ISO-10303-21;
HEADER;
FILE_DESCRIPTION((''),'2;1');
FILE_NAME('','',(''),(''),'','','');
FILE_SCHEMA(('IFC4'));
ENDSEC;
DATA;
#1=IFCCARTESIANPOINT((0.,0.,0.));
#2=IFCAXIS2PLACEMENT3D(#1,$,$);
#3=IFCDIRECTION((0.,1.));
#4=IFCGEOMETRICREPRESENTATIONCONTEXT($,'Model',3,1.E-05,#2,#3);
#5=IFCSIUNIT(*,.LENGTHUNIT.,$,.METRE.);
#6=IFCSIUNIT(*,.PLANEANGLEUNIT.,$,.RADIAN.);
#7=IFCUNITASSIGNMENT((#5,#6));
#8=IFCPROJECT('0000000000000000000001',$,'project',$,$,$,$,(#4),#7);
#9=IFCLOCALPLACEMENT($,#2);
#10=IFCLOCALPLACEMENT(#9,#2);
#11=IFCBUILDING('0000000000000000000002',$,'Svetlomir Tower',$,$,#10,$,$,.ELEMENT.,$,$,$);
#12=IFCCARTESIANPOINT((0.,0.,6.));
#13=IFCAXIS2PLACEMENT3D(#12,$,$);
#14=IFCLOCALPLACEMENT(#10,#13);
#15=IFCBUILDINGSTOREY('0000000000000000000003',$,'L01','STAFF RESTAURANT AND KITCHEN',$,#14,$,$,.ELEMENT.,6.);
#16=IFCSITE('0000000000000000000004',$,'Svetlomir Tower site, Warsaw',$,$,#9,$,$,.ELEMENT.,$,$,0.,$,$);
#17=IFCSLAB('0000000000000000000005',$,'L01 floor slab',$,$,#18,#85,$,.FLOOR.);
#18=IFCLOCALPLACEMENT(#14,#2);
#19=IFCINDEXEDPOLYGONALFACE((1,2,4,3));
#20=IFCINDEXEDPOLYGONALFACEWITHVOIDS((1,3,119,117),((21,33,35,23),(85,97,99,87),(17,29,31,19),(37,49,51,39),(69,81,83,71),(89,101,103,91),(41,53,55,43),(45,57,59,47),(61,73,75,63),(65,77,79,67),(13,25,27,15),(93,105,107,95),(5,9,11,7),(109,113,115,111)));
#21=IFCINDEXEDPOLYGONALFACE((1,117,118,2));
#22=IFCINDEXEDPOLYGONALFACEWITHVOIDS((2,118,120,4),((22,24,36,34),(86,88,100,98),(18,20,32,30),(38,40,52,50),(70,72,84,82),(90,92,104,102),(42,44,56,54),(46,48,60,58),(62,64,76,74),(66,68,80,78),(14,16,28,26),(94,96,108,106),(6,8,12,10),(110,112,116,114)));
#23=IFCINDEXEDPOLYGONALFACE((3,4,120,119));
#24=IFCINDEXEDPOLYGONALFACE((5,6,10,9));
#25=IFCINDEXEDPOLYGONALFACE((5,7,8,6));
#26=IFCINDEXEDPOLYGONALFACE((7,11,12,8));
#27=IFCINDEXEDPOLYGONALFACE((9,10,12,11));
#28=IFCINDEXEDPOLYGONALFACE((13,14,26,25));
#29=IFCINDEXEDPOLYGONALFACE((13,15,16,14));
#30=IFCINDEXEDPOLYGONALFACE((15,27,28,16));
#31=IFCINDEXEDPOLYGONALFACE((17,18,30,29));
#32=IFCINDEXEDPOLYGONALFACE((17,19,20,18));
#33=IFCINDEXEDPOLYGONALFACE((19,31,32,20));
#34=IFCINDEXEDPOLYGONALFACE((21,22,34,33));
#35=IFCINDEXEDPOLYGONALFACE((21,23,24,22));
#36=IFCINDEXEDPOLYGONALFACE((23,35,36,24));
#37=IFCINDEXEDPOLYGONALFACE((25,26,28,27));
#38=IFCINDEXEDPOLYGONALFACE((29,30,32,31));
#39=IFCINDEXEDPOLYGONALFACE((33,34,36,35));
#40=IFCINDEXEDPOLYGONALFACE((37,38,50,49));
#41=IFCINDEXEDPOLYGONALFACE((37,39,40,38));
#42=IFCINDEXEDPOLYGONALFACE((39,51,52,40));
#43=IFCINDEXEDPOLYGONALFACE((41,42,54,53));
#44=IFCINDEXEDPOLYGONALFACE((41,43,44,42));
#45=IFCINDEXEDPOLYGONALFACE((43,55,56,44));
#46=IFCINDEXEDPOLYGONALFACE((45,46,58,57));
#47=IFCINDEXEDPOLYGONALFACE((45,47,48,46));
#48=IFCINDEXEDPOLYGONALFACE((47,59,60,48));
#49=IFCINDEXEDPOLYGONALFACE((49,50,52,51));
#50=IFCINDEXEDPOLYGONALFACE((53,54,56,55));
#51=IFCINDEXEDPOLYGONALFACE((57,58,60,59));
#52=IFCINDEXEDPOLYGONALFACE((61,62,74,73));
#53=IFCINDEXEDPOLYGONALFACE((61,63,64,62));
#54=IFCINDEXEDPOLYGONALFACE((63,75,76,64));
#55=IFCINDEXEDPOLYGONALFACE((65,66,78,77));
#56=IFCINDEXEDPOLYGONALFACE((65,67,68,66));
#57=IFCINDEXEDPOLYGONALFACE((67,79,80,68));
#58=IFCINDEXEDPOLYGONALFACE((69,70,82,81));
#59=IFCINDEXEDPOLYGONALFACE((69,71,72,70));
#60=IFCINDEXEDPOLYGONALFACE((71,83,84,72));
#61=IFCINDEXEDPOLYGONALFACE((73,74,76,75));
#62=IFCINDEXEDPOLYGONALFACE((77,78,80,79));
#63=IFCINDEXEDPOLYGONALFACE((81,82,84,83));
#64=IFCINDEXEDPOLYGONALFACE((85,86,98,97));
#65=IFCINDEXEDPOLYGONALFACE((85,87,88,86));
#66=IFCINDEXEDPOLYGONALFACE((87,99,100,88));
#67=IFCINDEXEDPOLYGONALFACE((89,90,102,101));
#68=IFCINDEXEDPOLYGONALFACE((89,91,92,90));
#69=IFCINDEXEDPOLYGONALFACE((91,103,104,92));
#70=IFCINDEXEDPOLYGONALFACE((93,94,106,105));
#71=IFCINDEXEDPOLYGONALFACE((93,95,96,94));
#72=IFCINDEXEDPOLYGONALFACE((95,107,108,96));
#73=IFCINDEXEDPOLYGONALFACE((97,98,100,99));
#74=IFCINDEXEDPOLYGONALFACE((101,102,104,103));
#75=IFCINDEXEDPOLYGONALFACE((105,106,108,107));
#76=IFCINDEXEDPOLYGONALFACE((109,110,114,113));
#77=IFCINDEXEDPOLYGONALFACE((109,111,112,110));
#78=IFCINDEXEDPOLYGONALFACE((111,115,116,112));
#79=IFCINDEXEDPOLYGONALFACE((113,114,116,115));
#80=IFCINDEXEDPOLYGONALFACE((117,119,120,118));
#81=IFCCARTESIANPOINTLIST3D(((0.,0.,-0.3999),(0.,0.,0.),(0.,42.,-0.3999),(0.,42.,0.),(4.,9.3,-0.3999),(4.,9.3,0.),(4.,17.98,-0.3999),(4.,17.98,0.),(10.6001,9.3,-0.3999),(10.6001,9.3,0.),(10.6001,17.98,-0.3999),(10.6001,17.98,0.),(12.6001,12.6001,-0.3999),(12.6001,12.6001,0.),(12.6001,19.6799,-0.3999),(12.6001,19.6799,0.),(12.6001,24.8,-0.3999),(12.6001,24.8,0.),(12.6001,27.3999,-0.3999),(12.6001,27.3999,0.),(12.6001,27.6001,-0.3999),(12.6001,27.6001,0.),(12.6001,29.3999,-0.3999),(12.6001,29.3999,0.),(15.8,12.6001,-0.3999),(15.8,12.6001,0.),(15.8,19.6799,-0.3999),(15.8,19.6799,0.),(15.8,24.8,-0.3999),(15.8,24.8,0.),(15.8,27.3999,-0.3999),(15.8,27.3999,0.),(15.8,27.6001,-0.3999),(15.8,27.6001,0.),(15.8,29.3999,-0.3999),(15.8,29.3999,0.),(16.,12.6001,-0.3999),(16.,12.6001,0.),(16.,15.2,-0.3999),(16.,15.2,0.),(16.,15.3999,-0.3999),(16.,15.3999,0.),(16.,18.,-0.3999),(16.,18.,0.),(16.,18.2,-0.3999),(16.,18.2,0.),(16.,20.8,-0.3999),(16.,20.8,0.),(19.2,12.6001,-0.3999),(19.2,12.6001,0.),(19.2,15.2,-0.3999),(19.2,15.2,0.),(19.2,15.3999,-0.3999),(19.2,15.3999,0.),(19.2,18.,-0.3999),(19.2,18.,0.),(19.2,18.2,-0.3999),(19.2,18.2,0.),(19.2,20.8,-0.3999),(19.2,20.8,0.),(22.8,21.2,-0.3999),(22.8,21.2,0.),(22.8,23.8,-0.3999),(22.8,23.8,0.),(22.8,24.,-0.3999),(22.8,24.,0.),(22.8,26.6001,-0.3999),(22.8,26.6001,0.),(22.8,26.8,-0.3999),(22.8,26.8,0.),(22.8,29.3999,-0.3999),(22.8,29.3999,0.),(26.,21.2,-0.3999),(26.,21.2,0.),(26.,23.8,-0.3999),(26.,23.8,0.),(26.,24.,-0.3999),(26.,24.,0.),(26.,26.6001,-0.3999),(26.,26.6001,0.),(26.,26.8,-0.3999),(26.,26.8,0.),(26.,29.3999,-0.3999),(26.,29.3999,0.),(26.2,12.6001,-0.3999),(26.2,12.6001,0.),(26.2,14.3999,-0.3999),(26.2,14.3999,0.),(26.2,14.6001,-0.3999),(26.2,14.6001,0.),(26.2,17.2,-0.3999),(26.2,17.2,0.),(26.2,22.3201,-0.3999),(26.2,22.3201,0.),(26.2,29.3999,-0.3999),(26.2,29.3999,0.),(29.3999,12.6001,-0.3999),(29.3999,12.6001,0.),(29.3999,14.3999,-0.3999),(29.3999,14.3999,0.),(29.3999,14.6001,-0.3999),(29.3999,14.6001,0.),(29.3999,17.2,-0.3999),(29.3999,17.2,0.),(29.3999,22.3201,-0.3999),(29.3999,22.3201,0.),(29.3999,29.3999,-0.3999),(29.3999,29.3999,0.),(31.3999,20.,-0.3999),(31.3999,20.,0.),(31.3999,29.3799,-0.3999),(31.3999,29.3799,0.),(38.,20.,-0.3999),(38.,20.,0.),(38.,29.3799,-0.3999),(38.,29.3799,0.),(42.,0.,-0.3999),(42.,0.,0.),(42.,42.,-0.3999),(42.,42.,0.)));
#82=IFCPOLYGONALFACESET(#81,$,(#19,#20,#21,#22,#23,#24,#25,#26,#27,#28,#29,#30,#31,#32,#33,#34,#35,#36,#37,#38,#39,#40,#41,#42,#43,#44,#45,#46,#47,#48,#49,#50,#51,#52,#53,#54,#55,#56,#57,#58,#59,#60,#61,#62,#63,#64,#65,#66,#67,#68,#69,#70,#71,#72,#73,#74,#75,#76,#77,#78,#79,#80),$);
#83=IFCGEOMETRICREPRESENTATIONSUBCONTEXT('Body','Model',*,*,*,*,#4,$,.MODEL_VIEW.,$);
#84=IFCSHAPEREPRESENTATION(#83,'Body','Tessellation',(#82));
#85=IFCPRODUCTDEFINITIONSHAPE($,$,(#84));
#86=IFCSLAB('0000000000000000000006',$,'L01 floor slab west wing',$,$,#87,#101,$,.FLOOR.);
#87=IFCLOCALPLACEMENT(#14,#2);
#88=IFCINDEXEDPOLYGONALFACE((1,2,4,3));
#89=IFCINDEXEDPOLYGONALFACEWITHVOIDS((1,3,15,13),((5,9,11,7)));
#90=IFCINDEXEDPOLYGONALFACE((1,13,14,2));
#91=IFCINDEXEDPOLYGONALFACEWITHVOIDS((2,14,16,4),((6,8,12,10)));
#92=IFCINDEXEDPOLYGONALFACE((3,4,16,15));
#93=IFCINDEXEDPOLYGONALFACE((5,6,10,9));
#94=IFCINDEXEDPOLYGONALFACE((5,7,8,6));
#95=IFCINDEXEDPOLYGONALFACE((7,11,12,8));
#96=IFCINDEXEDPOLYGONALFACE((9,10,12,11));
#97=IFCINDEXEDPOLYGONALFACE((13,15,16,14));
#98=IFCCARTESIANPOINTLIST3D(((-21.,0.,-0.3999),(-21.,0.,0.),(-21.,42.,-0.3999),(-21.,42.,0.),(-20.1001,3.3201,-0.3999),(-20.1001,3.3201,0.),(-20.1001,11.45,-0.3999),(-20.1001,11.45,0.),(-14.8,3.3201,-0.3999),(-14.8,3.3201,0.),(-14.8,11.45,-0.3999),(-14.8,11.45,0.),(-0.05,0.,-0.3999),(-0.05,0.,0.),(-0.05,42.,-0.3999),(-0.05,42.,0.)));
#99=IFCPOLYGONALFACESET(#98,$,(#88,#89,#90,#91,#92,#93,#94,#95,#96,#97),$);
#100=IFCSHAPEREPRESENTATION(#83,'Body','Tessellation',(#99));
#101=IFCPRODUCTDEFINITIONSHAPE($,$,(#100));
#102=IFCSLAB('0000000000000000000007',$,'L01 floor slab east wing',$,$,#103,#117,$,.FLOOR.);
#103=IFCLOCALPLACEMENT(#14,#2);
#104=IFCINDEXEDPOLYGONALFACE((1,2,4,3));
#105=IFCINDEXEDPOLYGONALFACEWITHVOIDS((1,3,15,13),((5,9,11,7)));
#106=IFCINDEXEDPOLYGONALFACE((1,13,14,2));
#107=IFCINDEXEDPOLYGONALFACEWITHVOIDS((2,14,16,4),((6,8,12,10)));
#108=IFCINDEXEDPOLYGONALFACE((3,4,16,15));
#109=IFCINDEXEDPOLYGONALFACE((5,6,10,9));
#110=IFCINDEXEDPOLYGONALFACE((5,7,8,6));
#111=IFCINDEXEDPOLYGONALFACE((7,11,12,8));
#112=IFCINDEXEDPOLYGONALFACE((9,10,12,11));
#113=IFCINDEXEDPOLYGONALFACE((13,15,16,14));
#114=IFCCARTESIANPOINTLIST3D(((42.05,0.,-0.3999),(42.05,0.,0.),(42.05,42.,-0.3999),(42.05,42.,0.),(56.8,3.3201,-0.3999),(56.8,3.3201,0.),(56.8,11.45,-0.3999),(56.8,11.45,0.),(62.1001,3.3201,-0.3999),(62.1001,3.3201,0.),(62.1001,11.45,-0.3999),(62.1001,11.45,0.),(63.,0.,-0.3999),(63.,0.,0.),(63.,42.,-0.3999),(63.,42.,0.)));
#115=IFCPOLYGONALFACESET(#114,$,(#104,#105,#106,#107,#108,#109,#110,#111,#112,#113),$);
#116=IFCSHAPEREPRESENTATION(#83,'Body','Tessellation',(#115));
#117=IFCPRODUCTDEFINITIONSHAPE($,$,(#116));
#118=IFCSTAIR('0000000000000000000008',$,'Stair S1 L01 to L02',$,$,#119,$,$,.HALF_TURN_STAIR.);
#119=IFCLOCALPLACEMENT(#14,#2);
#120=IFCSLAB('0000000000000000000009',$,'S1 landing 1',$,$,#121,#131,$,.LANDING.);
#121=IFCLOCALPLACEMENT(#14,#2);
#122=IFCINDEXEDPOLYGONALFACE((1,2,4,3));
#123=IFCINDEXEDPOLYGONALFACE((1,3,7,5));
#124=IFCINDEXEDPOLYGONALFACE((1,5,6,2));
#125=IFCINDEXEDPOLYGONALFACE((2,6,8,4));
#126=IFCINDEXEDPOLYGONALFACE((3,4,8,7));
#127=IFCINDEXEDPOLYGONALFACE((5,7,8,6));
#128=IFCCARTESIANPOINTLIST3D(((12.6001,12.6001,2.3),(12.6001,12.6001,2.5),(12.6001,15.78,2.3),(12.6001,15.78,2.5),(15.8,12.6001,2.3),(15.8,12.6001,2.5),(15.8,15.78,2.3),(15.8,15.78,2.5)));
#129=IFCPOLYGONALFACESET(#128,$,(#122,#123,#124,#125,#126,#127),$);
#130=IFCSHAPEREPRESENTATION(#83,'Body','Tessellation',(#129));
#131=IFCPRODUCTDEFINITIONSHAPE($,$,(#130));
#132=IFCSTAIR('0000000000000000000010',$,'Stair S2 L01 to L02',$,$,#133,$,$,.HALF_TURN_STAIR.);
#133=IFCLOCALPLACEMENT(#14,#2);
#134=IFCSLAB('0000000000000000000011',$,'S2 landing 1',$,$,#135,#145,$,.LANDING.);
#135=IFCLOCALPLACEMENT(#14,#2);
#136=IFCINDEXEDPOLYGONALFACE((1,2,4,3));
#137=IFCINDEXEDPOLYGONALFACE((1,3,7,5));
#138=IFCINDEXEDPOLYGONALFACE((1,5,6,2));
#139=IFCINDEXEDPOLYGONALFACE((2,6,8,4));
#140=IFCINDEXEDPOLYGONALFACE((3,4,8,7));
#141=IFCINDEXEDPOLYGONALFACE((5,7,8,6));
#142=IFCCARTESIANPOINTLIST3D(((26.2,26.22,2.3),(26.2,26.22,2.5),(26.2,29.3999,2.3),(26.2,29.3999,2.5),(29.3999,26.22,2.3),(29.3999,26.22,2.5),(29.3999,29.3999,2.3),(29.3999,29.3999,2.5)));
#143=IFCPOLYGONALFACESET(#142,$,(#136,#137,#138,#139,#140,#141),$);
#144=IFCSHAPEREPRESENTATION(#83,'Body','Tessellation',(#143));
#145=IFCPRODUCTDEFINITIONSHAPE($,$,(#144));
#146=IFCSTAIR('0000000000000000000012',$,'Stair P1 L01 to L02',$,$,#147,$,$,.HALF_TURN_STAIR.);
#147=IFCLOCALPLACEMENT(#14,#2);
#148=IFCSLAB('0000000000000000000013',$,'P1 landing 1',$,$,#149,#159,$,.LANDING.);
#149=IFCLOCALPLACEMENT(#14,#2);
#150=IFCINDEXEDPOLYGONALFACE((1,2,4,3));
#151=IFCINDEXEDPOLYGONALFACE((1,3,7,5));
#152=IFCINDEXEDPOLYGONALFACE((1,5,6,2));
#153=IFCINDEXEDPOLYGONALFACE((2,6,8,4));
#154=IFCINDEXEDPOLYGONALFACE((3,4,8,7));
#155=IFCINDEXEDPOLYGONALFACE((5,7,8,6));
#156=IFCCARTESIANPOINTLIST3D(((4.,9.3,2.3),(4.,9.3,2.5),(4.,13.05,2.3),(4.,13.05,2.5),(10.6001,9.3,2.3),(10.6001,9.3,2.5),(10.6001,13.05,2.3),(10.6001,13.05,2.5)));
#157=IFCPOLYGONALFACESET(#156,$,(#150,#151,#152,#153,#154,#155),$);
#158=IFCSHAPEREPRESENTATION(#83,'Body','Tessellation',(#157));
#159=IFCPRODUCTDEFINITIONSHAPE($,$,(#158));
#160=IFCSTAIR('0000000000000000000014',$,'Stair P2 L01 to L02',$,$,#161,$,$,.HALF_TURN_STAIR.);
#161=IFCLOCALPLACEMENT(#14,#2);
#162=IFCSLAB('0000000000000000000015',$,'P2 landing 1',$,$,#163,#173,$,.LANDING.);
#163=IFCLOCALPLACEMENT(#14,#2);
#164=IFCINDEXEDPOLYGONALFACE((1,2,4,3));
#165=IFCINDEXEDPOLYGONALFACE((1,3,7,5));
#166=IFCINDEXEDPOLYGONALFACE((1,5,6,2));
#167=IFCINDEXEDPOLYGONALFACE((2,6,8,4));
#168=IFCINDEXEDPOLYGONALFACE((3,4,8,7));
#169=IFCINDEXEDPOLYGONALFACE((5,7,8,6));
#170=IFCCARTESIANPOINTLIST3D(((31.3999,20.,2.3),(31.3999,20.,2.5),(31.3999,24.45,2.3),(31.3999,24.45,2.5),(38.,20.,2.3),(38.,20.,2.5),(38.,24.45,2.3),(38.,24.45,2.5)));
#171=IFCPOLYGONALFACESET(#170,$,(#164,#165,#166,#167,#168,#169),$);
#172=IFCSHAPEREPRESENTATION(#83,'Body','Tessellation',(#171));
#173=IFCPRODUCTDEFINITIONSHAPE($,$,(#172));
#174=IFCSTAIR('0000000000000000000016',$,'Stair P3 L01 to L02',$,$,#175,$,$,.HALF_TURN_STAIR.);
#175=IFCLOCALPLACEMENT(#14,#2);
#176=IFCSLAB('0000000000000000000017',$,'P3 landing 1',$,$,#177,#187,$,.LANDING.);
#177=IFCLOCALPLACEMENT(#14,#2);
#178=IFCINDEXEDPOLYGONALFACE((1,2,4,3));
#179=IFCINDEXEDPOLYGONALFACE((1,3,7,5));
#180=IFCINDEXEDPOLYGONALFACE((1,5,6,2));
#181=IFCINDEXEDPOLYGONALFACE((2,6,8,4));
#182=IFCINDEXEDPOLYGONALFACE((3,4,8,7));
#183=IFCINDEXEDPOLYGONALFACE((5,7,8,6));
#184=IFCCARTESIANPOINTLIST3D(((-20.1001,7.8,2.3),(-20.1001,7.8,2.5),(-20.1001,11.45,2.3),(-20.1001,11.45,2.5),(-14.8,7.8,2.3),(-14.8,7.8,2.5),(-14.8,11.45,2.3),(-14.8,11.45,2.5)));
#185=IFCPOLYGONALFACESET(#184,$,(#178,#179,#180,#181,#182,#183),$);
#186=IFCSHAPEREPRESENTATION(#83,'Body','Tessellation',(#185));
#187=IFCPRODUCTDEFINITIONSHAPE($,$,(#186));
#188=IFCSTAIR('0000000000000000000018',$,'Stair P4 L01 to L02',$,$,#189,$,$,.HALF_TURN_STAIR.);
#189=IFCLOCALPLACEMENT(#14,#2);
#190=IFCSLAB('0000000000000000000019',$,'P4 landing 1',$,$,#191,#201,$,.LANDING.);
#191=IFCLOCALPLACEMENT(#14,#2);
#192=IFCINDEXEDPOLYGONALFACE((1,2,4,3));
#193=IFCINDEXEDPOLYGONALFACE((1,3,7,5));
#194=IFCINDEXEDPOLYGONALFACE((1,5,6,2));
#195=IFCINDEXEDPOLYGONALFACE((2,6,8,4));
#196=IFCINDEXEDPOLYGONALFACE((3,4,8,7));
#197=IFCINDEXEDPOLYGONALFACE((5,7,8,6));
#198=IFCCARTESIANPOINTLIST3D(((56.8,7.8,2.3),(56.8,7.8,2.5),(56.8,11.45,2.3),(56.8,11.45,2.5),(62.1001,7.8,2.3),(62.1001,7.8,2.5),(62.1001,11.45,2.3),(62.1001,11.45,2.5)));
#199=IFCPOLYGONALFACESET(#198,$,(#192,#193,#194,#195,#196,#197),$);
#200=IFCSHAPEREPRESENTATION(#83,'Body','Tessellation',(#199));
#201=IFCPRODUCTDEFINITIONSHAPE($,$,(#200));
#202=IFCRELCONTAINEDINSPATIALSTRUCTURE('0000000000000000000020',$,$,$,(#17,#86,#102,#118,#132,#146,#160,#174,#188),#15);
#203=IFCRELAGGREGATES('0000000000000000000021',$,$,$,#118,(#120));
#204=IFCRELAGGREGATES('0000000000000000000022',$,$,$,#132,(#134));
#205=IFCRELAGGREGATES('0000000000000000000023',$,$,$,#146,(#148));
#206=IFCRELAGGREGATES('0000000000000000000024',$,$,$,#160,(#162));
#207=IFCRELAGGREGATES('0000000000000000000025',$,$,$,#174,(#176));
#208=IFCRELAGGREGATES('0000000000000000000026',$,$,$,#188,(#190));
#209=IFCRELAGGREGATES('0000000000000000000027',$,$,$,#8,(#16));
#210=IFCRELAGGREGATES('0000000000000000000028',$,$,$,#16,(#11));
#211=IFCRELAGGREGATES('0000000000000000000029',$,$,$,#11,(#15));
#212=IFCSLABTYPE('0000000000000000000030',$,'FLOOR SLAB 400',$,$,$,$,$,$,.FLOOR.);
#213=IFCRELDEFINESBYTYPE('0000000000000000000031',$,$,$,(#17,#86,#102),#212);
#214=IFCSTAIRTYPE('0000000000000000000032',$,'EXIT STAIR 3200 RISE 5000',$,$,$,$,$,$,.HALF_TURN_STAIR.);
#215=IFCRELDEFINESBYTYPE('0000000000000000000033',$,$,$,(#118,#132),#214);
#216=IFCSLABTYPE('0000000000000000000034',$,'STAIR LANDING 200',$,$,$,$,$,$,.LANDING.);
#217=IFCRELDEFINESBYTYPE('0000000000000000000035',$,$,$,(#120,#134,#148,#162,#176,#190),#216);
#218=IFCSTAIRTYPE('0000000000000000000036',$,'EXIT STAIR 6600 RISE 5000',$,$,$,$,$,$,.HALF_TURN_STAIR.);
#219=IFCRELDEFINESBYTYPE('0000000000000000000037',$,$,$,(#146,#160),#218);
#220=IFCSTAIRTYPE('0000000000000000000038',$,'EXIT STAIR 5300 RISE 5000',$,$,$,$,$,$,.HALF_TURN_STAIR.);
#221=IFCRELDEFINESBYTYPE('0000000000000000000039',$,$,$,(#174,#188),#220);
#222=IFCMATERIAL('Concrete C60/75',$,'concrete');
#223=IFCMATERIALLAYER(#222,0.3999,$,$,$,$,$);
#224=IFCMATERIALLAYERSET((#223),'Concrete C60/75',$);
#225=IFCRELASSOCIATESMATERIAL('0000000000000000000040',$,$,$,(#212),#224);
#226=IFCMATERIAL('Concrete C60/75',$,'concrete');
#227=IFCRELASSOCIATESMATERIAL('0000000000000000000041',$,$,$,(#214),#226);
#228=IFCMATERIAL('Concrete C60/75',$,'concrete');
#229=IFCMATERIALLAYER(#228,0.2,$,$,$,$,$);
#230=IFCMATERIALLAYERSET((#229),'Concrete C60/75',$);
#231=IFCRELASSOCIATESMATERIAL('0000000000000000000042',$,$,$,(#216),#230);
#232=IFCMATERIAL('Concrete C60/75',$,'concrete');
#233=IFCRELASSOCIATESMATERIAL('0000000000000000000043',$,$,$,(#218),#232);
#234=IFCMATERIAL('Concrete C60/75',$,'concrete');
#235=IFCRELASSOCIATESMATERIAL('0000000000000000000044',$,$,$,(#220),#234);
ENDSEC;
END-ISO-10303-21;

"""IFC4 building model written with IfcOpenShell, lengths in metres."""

from ifc_helpers import new_model, si_unit, direction, frame, origin, place, context, subcontext, project, spatial, polyline, outline, extrude, material, layer, layer_set, type_object, element, aggregate, save


model = new_model("IFC4")

# Units and contexts
model_context = context("Model", 3, precision=1e-05, world=origin(), true_north=direction((0.0, 1.0)))
body_context = subcontext(model_context, "Body", "Model", "MODEL_VIEW")
ifc_project = project(units=[si_unit("LENGTHUNIT", "METRE"), si_unit("PLANEANGLEUNIT", "RADIAN")], contexts=[model_context])

# Site, building, storey
site_placement = place(None, origin())
site = spatial("IfcSite", under=ifc_project, at=site_placement, Name="Svetlomir Tower site, Warsaw", CompositionType="ELEMENT", RefElevation=0.0)
building_placement = place(site_placement, origin())
building = spatial("IfcBuilding", under=site, at=building_placement, Name="Svetlomir Tower", CompositionType="ELEMENT")
storey_placement = place(building_placement, frame((0.0, 0.0, 6.0)))
storey = spatial("IfcBuildingStorey", under=building, at=storey_placement, Name="L01", Description="STAFF RESTAURANT AND KITCHEN", CompositionType="ELEMENT", Elevation=6.0)

# Slabs
ifc_material_1 = material(Name="Concrete C60/75", Category="concrete")
ifc_layer_1 = layer(ifc_material_1, 0.3999)
ifc_layer_set_1 = layer_set([ifc_layer_1], Name="Concrete C60/75")
slab_type_1 = type_object("IfcSlabType", Name="FLOOR SLAB 400", PredefinedType="FLOOR", material=ifc_layer_set_1)
slab_1_placement = place(storey_placement, frame((0.0, 0.0, -0.3999)))
element("IfcSlab", 1, at=slab_1_placement, inside=storey, type_object=slab_type_1, Name="L01 floor slab", PredefinedType="FLOOR", context=body_context, shape_type="SweptSolid", body=[
    extrude(outline(polyline([(0.0, 0.0), (42.0, 0.0), (42.0, 42.0), (0.0, 42.0), (0.0, 0.0)]), holes=[polyline([(12.6001, 24.8), (15.8, 24.8), (15.8, 27.3999), (12.6001, 27.3999), (12.6001, 24.8)]), polyline([(26.2, 14.6001), (29.3999, 14.6001), (29.3999, 17.2), (26.2, 17.2), (26.2, 14.6001)]), polyline([(16.0, 12.6001), (19.2, 12.6001), (19.2, 15.2), (16.0, 15.2), (16.0, 12.6001)]), polyline([(16.0, 15.3999), (19.2, 15.3999), (19.2, 18.0), (16.0, 18.0), (16.0, 15.3999)]), polyline([(16.0, 18.2), (19.2, 18.2), (19.2, 20.8), (16.0, 20.8), (16.0, 18.2)]), polyline([(22.8, 21.2), (26.0, 21.2), (26.0, 23.8), (22.8, 23.8), (22.8, 21.2)]), polyline([(22.8, 24.0), (26.0, 24.0), (26.0, 26.6001), (22.8, 26.6001), (22.8, 24.0)]), polyline([(22.8, 26.8), (26.0, 26.8), (26.0, 29.3999), (22.8, 29.3999), (22.8, 26.8)]), polyline([(12.6001, 27.6001), (15.8, 27.6001), (15.8, 29.3999), (12.6001, 29.3999), (12.6001, 27.6001)]), polyline([(26.2, 12.6001), (29.3999, 12.6001), (29.3999, 14.3999), (26.2, 14.3999), (26.2, 12.6001)]), polyline([(12.6001, 12.6001), (15.8, 12.6001), (15.8, 19.6799), (12.6001, 19.6799), (12.6001, 12.6001)]), polyline([(26.2, 22.3201), (29.3999, 22.3201), (29.3999, 29.3999), (26.2, 29.3999), (26.2, 22.3201)]), polyline([(4.0, 9.3), (10.6001, 9.3), (10.6001, 17.98), (4.0, 17.98), (4.0, 9.3)]), polyline([(31.3999, 20.0), (38.0, 20.0), (38.0, 29.3799), (31.3999, 29.3799), (31.3999, 20.0)])]), origin(), (0.0, 0.0, 1.0), 0.3999),
])
slab_2_placement = place(storey_placement, frame((0.0, 0.0, -0.3999)))
element("IfcSlab", 2, at=slab_2_placement, inside=storey, type_object=slab_type_1, Name="L01 floor slab west wing", PredefinedType="FLOOR", context=body_context, shape_type="SweptSolid", body=[
    extrude(outline(polyline([(-21.0, 0.0), (-0.05, 0.0), (-0.05, 42.0), (-21.0, 42.0), (-21.0, 0.0)]), holes=[polyline([(-20.1001, 3.3201), (-14.8, 3.3201), (-14.8, 11.45), (-20.1001, 11.45), (-20.1001, 3.3201)])]), origin(), (0.0, 0.0, 1.0), 0.3999),
])
slab_3_placement = place(storey_placement, frame((0.0, 0.0, -0.3999)))
element("IfcSlab", 3, at=slab_3_placement, inside=storey, type_object=slab_type_1, Name="L01 floor slab east wing", PredefinedType="FLOOR", context=body_context, shape_type="SweptSolid", body=[
    extrude(outline(polyline([(42.05, 0.0), (63.0, 0.0), (63.0, 42.0), (42.05, 42.0), (42.05, 0.0)]), holes=[polyline([(56.8, 3.3201), (62.1001, 3.3201), (62.1001, 11.45), (56.8, 11.45), (56.8, 3.3201)])]), origin(), (0.0, 0.0, 1.0), 0.3999),
])

# Stairs, slabs
ifc_material_2 = material(Name="Concrete C60/75", Category="concrete")
stair_type_1 = type_object("IfcStairType", Name="EXIT STAIR 3200 RISE 5000", PredefinedType="HALF_TURN_STAIR", material=ifc_material_2)
stair_1_placement = place(storey_placement, origin())
stair_1 = element("IfcStair", 4, at=stair_1_placement, inside=storey, type_object=stair_type_1, Name="Stair S1 L01 to L02", PredefinedType="HALF_TURN_STAIR")
ifc_material_3 = material(Name="Concrete C60/75", Category="concrete")
ifc_layer_2 = layer(ifc_material_3, 0.2)
ifc_layer_set_2 = layer_set([ifc_layer_2], Name="Concrete C60/75")
slab_type_2 = type_object("IfcSlabType", Name="STAIR LANDING 200", PredefinedType="LANDING", material=ifc_layer_set_2)
slab_4_placement = place(storey_placement, frame((0.0, 0.0, 2.3)))
slab_4 = element("IfcSlab", 5, at=slab_4_placement, type_object=slab_type_2, Name="S1 landing 1", PredefinedType="LANDING", context=body_context, shape_type="SweptSolid", body=[
    extrude(outline(polyline([(12.6001, 12.6001), (15.8, 12.6001), (15.8, 15.78), (12.6001, 15.78), (12.6001, 12.6001)])), origin(), (0.0, 0.0, 1.0), 0.2),
])
aggregate(stair_1, [slab_4])
stair_2_placement = place(storey_placement, origin())
stair_2 = element("IfcStair", 6, at=stair_2_placement, inside=storey, type_object=stair_type_1, Name="Stair S2 L01 to L02", PredefinedType="HALF_TURN_STAIR")
slab_5_placement = place(storey_placement, frame((0.0, 0.0, 2.3)))
slab_5 = element("IfcSlab", 7, at=slab_5_placement, type_object=slab_type_2, Name="S2 landing 1", PredefinedType="LANDING", context=body_context, shape_type="SweptSolid", body=[
    extrude(outline(polyline([(26.2, 26.22), (29.3999, 26.22), (29.3999, 29.3999), (26.2, 29.3999), (26.2, 26.22)])), origin(), (0.0, 0.0, 1.0), 0.2),
])
aggregate(stair_2, [slab_5])
ifc_material_4 = material(Name="Concrete C60/75", Category="concrete")
stair_type_2 = type_object("IfcStairType", Name="EXIT STAIR 6600 RISE 5000", PredefinedType="HALF_TURN_STAIR", material=ifc_material_4)
stair_3_placement = place(storey_placement, origin())
stair_3 = element("IfcStair", 8, at=stair_3_placement, inside=storey, type_object=stair_type_2, Name="Stair P1 L01 to L02", PredefinedType="HALF_TURN_STAIR")
slab_6_placement = place(storey_placement, frame((0.0, 0.0, 2.3)))
slab_6 = element("IfcSlab", 9, at=slab_6_placement, type_object=slab_type_2, Name="P1 landing 1", PredefinedType="LANDING", context=body_context, shape_type="SweptSolid", body=[
    extrude(outline(polyline([(4.0, 9.3), (10.6001, 9.3), (10.6001, 13.05), (4.0, 13.05), (4.0, 9.3)])), origin(), (0.0, 0.0, 1.0), 0.2),
])
aggregate(stair_3, [slab_6])
stair_4_placement = place(storey_placement, origin())
stair_4 = element("IfcStair", 10, at=stair_4_placement, inside=storey, type_object=stair_type_2, Name="Stair P2 L01 to L02", PredefinedType="HALF_TURN_STAIR")
slab_7_placement = place(storey_placement, frame((0.0, 0.0, 2.3)))
slab_7 = element("IfcSlab", 11, at=slab_7_placement, type_object=slab_type_2, Name="P2 landing 1", PredefinedType="LANDING", context=body_context, shape_type="SweptSolid", body=[
    extrude(outline(polyline([(31.3999, 20.0), (38.0, 20.0), (38.0, 24.45), (31.3999, 24.45), (31.3999, 20.0)])), origin(), (0.0, 0.0, 1.0), 0.2),
])
aggregate(stair_4, [slab_7])
ifc_material_5 = material(Name="Concrete C60/75", Category="concrete")
stair_type_3 = type_object("IfcStairType", Name="EXIT STAIR 5300 RISE 5000", PredefinedType="HALF_TURN_STAIR", material=ifc_material_5)
stair_5_placement = place(storey_placement, origin())
stair_5 = element("IfcStair", 12, at=stair_5_placement, inside=storey, type_object=stair_type_3, Name="Stair P3 L01 to L02", PredefinedType="HALF_TURN_STAIR")
slab_8_placement = place(storey_placement, frame((0.0, 0.0, 2.3)))
slab_8 = element("IfcSlab", 13, at=slab_8_placement, type_object=slab_type_2, Name="P3 landing 1", PredefinedType="LANDING", context=body_context, shape_type="SweptSolid", body=[
    extrude(outline(polyline([(-20.1001, 7.8), (-14.8, 7.8), (-14.8, 11.45), (-20.1001, 11.45), (-20.1001, 7.8)])), origin(), (0.0, 0.0, 1.0), 0.2),
])
aggregate(stair_5, [slab_8])
stair_6_placement = place(storey_placement, origin())
stair_6 = element("IfcStair", 14, at=stair_6_placement, inside=storey, type_object=stair_type_3, Name="Stair P4 L01 to L02", PredefinedType="HALF_TURN_STAIR")
slab_9_placement = place(storey_placement, frame((0.0, 0.0, 2.3)))
slab_9 = element("IfcSlab", 15, at=slab_9_placement, type_object=slab_type_2, Name="P4 landing 1", PredefinedType="LANDING", context=body_context, shape_type="SweptSolid", body=[
    extrude(outline(polyline([(56.8, 7.8), (62.1001, 7.8), (62.1001, 11.45), (56.8, 11.45), (56.8, 7.8)])), origin(), (0.0, 0.0, 1.0), 0.2),
])
aggregate(stair_6, [slab_9])

save(model, "model.ifc")
